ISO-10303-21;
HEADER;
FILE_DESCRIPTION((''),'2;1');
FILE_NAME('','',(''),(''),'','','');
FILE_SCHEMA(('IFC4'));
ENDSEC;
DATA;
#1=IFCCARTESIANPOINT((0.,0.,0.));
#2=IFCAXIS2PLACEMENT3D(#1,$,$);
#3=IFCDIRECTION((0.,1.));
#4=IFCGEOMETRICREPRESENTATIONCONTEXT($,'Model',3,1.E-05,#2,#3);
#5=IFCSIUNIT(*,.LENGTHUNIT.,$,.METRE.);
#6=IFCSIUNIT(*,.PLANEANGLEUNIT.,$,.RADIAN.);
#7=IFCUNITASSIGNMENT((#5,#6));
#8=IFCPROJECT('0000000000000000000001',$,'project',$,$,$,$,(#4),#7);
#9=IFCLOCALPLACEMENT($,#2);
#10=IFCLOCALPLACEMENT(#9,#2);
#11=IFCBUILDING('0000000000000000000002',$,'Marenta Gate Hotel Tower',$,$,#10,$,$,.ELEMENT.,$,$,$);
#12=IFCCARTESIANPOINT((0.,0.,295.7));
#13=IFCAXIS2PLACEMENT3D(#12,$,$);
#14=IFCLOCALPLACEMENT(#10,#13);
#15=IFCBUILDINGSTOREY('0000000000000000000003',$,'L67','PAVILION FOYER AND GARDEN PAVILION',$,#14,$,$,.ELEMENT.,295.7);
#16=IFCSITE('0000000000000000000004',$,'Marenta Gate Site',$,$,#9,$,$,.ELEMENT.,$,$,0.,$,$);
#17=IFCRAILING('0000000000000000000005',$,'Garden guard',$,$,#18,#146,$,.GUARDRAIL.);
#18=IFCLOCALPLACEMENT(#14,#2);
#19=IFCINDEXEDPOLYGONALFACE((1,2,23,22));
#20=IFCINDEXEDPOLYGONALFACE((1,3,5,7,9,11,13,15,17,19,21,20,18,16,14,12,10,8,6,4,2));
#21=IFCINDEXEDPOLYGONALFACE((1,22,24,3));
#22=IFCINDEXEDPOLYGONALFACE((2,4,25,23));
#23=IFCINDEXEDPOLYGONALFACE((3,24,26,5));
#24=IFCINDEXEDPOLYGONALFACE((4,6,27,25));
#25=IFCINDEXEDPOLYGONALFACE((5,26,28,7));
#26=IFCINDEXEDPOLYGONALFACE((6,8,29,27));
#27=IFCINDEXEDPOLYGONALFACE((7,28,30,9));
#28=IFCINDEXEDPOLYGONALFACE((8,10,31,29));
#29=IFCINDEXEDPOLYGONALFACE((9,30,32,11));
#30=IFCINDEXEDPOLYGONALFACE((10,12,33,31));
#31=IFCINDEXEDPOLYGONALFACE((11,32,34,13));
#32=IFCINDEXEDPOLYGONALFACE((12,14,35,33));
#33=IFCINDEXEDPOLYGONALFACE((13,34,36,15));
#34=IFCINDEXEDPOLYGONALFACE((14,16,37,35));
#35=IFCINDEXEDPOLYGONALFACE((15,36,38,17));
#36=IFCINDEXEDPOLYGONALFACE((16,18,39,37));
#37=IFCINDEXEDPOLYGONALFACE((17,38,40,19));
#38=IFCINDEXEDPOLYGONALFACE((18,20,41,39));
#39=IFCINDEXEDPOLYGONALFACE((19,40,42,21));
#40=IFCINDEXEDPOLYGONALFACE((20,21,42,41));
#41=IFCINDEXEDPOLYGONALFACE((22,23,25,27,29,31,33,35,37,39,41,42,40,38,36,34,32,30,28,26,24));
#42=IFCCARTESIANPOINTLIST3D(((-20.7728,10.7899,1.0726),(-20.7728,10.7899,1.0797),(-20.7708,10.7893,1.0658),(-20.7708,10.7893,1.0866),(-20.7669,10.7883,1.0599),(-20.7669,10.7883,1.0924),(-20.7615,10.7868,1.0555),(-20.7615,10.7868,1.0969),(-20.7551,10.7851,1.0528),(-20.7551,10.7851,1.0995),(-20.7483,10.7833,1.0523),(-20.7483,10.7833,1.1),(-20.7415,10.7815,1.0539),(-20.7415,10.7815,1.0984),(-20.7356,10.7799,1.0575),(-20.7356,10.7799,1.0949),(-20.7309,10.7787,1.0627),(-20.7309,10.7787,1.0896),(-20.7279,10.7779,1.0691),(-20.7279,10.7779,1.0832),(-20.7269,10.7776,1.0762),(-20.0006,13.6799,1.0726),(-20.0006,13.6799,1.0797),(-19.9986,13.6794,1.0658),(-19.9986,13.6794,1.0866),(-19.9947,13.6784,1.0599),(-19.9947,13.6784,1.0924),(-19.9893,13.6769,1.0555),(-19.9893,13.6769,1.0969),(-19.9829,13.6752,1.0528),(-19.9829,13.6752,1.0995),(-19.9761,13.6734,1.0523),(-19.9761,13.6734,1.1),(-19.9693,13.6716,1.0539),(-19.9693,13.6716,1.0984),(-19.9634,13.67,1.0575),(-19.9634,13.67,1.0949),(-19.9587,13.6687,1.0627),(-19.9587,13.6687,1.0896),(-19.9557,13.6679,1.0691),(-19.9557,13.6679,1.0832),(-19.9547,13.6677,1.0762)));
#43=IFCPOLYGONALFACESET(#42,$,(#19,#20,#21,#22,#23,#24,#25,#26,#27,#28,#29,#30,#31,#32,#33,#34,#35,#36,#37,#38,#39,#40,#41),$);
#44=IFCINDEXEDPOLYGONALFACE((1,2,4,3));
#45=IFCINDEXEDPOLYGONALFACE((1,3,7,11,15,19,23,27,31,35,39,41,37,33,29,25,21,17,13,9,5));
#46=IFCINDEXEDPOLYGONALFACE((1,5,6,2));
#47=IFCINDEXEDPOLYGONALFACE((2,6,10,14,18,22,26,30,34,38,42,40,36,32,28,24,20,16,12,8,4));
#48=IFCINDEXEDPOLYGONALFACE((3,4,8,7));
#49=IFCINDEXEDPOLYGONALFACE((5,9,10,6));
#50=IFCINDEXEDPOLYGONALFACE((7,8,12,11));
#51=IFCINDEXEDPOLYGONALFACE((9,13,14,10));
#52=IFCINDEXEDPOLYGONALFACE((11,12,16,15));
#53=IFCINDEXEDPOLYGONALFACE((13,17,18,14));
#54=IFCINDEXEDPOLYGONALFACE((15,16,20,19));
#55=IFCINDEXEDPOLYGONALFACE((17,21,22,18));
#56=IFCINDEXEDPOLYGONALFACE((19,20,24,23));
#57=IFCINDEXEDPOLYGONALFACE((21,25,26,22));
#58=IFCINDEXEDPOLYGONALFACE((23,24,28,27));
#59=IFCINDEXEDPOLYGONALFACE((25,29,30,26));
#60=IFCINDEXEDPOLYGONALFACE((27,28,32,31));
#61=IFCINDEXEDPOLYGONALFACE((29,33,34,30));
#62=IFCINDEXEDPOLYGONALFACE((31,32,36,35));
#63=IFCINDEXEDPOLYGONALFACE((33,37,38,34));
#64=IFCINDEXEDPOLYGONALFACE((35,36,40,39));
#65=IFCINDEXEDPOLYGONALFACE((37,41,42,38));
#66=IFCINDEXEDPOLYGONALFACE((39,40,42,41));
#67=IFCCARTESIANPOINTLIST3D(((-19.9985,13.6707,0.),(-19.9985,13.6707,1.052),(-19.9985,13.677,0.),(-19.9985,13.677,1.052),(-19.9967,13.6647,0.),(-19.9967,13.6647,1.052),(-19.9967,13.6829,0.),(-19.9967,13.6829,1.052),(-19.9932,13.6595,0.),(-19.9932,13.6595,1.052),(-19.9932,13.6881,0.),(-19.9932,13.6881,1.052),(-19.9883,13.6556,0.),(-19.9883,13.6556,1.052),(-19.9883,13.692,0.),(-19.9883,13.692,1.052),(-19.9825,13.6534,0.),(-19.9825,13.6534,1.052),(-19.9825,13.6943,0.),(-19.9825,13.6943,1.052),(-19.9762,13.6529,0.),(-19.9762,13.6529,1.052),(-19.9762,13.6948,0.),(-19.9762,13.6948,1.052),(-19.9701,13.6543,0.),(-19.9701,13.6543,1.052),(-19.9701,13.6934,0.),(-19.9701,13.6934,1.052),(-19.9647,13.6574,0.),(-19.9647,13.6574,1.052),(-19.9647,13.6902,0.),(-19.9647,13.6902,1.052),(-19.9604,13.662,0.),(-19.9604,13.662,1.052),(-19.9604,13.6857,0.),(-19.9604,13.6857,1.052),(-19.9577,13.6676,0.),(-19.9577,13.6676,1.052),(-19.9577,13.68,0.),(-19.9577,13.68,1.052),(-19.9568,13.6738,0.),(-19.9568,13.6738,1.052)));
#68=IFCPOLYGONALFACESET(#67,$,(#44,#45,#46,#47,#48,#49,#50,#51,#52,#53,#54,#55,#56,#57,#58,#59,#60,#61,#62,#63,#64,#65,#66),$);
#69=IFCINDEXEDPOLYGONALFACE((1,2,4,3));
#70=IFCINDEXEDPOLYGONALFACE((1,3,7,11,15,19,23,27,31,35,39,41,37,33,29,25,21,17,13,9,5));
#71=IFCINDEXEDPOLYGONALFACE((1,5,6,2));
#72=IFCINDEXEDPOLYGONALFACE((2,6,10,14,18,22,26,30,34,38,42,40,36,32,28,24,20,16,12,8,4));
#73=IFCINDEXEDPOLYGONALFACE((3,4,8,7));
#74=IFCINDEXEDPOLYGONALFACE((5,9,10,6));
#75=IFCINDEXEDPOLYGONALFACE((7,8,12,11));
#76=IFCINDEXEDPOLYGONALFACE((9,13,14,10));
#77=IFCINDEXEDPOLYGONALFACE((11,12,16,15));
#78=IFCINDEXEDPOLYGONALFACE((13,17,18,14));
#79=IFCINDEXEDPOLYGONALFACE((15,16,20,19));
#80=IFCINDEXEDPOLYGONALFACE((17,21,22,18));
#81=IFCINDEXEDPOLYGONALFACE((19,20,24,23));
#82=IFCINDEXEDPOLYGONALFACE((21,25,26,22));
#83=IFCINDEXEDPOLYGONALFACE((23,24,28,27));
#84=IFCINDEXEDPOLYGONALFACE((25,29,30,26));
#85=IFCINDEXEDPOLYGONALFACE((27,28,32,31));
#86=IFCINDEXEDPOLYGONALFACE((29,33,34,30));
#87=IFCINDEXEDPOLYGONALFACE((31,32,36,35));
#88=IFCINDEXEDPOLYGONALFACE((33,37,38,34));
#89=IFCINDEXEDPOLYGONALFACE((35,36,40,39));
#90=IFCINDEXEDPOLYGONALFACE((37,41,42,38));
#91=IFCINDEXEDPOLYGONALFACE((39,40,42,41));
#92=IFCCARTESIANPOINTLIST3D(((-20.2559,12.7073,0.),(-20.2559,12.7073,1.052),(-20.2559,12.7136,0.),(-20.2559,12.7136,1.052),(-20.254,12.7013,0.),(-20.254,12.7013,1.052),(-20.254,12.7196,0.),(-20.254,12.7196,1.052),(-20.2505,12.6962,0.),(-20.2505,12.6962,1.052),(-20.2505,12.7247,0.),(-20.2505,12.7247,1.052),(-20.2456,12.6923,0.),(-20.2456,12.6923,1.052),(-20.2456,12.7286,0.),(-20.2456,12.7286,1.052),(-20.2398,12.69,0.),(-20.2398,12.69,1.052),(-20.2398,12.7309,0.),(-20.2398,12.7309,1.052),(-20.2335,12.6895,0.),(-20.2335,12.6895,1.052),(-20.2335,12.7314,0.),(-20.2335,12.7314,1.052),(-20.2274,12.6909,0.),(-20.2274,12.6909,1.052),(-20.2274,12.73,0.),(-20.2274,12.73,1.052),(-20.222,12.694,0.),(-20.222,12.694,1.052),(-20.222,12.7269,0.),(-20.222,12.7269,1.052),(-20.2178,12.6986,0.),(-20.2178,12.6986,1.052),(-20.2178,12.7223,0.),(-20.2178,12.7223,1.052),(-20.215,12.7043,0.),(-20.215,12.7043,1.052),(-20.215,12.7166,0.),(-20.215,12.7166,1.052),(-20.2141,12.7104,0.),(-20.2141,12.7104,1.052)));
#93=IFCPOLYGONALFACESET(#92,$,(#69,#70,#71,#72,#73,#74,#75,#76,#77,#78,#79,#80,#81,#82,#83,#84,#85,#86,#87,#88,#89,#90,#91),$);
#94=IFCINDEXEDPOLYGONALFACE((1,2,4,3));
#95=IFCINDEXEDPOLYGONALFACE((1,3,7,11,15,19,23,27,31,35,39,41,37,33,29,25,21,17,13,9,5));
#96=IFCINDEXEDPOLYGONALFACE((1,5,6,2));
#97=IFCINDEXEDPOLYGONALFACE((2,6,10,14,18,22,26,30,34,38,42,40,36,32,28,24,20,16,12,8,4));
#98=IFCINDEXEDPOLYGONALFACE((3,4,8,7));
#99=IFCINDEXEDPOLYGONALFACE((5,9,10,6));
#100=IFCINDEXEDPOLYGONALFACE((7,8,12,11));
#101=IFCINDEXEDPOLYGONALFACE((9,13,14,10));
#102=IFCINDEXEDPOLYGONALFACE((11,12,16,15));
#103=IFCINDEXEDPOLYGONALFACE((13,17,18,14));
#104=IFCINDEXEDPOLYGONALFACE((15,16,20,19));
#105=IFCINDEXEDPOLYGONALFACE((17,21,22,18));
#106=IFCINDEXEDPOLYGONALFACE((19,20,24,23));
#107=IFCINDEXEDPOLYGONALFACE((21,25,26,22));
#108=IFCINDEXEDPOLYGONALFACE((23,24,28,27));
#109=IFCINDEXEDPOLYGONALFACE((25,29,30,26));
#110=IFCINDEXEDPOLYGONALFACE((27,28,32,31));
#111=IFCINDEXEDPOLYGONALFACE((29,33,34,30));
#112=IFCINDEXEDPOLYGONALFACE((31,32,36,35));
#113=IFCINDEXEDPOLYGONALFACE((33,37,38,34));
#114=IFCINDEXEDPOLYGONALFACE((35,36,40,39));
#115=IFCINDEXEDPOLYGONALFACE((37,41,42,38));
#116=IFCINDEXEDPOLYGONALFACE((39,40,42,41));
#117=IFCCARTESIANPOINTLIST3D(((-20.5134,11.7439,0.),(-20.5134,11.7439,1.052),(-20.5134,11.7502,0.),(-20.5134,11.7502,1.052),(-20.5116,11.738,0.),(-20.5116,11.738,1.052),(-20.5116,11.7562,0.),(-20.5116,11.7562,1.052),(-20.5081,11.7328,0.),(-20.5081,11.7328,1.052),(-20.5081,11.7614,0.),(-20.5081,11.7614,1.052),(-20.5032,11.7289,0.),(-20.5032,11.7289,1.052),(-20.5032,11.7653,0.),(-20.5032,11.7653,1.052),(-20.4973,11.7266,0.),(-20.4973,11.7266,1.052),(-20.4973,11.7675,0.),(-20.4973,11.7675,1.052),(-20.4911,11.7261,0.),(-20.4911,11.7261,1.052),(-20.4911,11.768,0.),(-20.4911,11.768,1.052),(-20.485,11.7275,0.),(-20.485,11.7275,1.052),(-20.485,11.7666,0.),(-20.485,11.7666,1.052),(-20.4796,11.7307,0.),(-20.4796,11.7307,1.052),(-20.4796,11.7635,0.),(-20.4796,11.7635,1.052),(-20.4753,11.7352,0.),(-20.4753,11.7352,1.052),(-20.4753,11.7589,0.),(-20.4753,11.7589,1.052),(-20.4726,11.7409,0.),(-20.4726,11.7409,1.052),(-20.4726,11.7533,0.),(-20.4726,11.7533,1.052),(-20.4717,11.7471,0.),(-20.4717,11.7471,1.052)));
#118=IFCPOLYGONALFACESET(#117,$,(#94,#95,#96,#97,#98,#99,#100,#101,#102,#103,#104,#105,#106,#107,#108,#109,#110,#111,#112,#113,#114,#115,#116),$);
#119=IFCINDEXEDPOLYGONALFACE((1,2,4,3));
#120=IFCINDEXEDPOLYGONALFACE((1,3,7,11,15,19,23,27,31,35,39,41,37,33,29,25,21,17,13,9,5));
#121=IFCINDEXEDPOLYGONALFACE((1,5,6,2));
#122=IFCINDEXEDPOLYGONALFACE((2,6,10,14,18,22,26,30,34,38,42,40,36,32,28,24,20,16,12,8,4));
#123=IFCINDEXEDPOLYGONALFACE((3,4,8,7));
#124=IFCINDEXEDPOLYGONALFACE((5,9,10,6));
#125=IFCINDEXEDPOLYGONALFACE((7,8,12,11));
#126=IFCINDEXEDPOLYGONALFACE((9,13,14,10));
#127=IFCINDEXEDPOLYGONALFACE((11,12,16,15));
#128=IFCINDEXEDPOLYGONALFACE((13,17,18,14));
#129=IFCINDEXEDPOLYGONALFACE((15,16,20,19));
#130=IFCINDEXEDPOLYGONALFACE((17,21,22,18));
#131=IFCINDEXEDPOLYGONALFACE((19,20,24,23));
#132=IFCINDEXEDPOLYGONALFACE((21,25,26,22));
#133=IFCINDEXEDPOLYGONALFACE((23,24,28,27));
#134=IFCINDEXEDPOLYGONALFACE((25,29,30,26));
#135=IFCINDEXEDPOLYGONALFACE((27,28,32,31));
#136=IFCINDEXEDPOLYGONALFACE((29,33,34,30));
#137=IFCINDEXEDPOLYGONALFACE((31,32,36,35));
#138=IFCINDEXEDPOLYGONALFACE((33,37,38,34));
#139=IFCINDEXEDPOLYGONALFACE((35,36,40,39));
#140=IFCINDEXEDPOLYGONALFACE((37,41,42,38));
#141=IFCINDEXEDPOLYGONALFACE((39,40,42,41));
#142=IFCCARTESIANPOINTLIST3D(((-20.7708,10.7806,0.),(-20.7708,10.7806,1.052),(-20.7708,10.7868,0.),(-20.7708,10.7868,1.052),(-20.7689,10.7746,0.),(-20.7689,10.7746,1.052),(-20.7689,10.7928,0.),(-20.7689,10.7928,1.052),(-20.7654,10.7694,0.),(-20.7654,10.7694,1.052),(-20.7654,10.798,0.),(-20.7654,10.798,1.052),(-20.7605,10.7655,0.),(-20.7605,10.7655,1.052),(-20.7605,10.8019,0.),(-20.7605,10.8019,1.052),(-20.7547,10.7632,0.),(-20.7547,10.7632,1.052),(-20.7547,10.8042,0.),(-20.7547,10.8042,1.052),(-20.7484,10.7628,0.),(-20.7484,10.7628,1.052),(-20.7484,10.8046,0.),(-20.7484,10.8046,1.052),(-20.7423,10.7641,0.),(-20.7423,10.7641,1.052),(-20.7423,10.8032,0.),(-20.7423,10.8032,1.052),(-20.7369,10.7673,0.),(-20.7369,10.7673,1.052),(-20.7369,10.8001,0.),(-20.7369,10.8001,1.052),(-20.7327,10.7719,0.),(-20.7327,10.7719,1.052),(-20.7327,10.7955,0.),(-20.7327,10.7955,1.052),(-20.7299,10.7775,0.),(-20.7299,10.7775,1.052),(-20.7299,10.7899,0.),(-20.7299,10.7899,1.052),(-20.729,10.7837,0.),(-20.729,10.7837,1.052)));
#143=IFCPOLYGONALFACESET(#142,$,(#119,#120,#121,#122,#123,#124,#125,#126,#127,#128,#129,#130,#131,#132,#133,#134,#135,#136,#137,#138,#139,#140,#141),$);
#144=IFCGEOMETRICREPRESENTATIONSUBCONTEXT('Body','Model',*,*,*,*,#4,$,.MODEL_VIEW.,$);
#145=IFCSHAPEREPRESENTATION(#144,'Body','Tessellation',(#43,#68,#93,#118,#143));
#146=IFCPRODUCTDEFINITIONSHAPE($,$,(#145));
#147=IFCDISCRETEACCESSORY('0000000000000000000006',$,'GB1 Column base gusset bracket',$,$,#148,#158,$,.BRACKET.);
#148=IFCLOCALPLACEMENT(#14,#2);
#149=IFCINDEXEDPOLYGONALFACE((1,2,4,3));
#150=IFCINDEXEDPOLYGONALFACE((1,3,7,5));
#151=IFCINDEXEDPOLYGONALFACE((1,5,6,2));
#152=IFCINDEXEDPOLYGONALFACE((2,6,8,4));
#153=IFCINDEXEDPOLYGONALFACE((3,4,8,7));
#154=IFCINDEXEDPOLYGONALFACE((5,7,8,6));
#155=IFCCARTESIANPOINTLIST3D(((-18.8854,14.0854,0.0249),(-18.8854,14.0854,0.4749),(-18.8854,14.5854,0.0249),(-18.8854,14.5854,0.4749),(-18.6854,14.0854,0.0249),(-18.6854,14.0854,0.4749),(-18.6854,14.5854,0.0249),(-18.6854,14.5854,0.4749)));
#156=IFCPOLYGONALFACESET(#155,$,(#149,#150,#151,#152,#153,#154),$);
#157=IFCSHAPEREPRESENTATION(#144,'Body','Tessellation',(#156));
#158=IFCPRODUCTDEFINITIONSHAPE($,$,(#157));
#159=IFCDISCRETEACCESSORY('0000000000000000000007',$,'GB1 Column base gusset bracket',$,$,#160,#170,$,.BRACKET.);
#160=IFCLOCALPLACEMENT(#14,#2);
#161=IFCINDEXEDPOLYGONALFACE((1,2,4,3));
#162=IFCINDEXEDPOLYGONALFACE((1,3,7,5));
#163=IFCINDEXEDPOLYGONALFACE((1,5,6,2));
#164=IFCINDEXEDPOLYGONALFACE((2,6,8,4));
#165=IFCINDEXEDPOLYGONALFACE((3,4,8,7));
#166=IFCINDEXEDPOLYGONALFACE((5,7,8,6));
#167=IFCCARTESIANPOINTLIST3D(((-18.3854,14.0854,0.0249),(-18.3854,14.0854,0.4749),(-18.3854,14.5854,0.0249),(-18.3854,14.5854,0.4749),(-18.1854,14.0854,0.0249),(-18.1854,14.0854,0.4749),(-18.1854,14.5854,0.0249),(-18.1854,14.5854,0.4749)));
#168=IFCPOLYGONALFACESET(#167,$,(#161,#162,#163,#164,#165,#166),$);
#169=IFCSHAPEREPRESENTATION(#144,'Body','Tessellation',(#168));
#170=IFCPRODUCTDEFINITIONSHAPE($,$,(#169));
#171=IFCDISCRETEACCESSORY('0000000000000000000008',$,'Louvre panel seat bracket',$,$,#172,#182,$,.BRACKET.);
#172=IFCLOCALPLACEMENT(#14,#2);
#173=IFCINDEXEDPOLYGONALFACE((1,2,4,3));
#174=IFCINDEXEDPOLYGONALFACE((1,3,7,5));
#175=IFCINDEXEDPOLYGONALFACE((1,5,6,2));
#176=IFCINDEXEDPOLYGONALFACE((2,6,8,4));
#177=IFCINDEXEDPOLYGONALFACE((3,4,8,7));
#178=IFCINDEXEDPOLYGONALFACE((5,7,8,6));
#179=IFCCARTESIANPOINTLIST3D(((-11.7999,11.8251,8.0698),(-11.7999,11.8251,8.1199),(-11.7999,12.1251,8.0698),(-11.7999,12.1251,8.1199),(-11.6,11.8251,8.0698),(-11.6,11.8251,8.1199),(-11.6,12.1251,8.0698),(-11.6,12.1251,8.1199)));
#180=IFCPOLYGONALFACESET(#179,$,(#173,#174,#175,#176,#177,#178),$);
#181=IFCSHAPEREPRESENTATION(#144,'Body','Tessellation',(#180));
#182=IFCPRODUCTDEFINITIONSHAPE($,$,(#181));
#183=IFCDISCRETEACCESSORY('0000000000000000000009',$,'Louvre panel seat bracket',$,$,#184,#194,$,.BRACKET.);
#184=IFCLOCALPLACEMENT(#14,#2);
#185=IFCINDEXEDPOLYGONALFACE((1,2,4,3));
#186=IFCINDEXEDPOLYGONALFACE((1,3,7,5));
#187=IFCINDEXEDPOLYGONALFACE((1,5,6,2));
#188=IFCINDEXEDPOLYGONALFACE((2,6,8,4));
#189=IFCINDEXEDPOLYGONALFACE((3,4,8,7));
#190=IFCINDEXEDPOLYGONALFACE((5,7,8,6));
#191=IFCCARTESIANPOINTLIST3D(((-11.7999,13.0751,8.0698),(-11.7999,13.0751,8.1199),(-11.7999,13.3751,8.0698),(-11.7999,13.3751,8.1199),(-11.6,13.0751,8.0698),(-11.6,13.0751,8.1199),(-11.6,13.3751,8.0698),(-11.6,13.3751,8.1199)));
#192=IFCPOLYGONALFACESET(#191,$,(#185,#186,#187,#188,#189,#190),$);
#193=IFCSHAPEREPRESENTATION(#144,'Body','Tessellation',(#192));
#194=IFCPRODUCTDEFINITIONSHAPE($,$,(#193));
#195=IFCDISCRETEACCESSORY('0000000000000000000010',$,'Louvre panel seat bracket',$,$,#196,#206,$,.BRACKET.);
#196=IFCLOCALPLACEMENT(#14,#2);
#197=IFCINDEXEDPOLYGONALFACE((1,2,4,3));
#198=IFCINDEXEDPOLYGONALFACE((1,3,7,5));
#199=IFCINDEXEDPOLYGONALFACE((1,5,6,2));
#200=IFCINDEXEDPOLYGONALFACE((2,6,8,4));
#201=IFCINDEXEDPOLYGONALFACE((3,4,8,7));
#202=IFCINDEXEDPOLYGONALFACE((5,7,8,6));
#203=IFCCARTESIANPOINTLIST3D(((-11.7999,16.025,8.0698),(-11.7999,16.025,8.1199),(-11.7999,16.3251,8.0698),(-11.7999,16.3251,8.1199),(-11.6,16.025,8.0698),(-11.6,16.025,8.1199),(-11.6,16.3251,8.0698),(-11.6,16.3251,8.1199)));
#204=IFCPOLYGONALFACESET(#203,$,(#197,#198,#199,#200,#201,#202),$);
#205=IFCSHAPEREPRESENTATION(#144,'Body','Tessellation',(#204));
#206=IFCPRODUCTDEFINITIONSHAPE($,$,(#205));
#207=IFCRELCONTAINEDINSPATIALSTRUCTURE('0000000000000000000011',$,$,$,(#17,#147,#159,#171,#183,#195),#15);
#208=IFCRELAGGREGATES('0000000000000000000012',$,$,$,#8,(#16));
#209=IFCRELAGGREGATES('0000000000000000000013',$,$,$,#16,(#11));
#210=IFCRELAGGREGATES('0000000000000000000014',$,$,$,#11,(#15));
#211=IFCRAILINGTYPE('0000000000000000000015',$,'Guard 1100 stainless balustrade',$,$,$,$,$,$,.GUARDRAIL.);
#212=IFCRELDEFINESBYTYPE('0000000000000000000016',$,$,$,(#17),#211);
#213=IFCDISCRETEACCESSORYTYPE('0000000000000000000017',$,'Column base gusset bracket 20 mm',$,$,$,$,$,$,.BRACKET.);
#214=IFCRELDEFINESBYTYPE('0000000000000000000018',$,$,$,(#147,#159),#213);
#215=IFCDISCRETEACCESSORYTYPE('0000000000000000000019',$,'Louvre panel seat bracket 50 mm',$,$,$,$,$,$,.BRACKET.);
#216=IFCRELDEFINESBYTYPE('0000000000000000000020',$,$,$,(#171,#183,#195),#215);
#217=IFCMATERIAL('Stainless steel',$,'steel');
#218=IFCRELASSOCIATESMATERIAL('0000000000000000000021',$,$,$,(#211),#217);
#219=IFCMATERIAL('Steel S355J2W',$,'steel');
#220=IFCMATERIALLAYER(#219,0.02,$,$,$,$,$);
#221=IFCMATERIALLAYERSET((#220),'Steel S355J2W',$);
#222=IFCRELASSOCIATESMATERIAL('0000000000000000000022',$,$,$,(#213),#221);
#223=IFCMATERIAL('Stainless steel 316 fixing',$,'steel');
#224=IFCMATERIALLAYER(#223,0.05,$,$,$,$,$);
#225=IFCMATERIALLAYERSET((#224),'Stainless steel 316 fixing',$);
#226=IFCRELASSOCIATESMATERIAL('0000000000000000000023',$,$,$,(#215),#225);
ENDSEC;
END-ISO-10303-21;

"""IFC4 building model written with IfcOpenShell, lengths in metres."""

from ifc_helpers import new_model, si_unit, direction, frame, origin, origin_2d, place, context, subcontext, project, spatial, rectangle, circle, extrude, material, layer, layer_set, type_object, element, save


model = new_model("IFC4")

# Units and contexts
model_context = context("Model", 3, precision=1e-05, world=origin(), true_north=direction((0.0, 1.0)))
body_context = subcontext(model_context, "Body", "Model", "MODEL_VIEW")
ifc_project = project(units=[si_unit("LENGTHUNIT", "METRE"), si_unit("PLANEANGLEUNIT", "RADIAN")], contexts=[model_context])

# Site, building, storey
site_placement = place(None, origin())
site = spatial("IfcSite", under=ifc_project, at=site_placement, Name="Marenta Gate Site", CompositionType="ELEMENT", RefElevation=0.0)
building_placement = place(site_placement, origin())
building = spatial("IfcBuilding", under=site, at=building_placement, Name="Marenta Gate Hotel Tower", CompositionType="ELEMENT")
storey_placement = place(building_placement, frame((0.0, 0.0, 295.7)))
storey = spatial("IfcBuildingStorey", under=building, at=storey_placement, Name="L67", Description="PAVILION FOYER AND GARDEN PAVILION", CompositionType="ELEMENT", Elevation=295.7)

# Railing
ifc_material_1 = material(Name="Stainless steel", Category="steel")
railing_type_1 = type_object("IfcRailingType", Name="Guard 1100 stainless balustrade", PredefinedType="GUARDRAIL", material=ifc_material_1)
railing_1_placement = place(storey_placement, frame((-19.9778, 13.6738, 0.0)))
element("IfcRailing", 1, at=railing_1_placement, inside=storey, type_object=railing_type_1, Name="Garden guard", PredefinedType="GUARDRAIL", context=body_context, shape_type="SweptSolid", body=[
    extrude(circle(Radius=0.0239, at=origin_2d()), frame((0.0, 0.0, 1.0762), z_axis=(-0.258135, -0.966109, 0.0), x_axis=(0.966109, -0.258135, 0.0)), (0.0, 0.0, 1.0), 2.9915),
    extrude(circle(Radius=0.021, at=origin_2d()), origin(), (0.0, 0.0, 1.0), 1.052),
    extrude(circle(Radius=0.021, at=origin_2d()), frame((-0.2573, -0.9634, 0.0)), (0.0, 0.0, 1.0), 1.052),
    extrude(circle(Radius=0.021, at=origin_2d()), frame((-0.5149, -1.9268, 0.0)), (0.0, 0.0, 1.0), 1.052),
    extrude(circle(Radius=0.021, at=origin_2d()), frame((-0.7722, -2.8901, 0.0)), (0.0, 0.0, 1.0), 1.052),
])

# Discrete accessories
ifc_material_2 = material(Name="Steel S355J2W", Category="steel")
ifc_layer_1 = layer(ifc_material_2, 0.02)
ifc_layer_set_1 = layer_set([ifc_layer_1], Name="Steel S355J2W")
discrete_accessory_type_1 = type_object("IfcDiscreteAccessoryType", Name="Column base gusset bracket 20 mm", PredefinedType="BRACKET", material=ifc_layer_set_1)
for number, where, z_axis, x_axis, name in (
    (2, (-18.7854, 14.3354, 0.0249), (0.0, 0.0, 1.0), (1.0, 0.0, 0.0), "GB1 Column base gusset bracket"),
    (3, (-18.2854, 14.3354, 0.0249), (0.0, 0.0, 1.0), (1.0, 0.0, 0.0), "GB1 Column base gusset bracket"),
):
    element("IfcDiscreteAccessory", number, at=place(storey_placement, frame(where, z_axis=z_axis, x_axis=x_axis)), inside=storey, type_object=discrete_accessory_type_1, Name=name, PredefinedType="BRACKET", context=body_context, shape_type="SweptSolid", body=[
        extrude(rectangle(XDim=0.2, YDim=0.5, at=origin_2d()), origin(), (0.0, 0.0, 1.0), 0.45),
    ])
ifc_material_3 = material(Name="Stainless steel 316 fixing", Category="steel")
ifc_layer_2 = layer(ifc_material_3, 0.05)
ifc_layer_set_2 = layer_set([ifc_layer_2], Name="Stainless steel 316 fixing")
discrete_accessory_type_2 = type_object("IfcDiscreteAccessoryType", Name="Louvre panel seat bracket 50 mm", PredefinedType="BRACKET", material=ifc_layer_set_2)
for number, where, z_axis, x_axis, name in (
    (4, (-11.7, 11.9751, 8.0698), (0.0, 0.0, 1.0), (1.0, 0.0, 0.0), "Louvre panel seat bracket"),
    (5, (-11.7, 13.2251, 8.0698), (0.0, 0.0, 1.0), (1.0, 0.0, 0.0), "Louvre panel seat bracket"),
    (6, (-11.7, 16.175, 8.0698), (0.0, 0.0, 1.0), (1.0, 0.0, 0.0), "Louvre panel seat bracket"),
):
    element("IfcDiscreteAccessory", number, at=place(storey_placement, frame(where, z_axis=z_axis, x_axis=x_axis)), inside=storey, type_object=discrete_accessory_type_2, Name=name, PredefinedType="BRACKET", context=body_context, shape_type="SweptSolid", body=[
        extrude(rectangle(XDim=0.2, YDim=0.3, at=origin_2d()), origin(), (0.0, 0.0, 1.0), 0.05),
    ])

save(model, "model.ifc")
